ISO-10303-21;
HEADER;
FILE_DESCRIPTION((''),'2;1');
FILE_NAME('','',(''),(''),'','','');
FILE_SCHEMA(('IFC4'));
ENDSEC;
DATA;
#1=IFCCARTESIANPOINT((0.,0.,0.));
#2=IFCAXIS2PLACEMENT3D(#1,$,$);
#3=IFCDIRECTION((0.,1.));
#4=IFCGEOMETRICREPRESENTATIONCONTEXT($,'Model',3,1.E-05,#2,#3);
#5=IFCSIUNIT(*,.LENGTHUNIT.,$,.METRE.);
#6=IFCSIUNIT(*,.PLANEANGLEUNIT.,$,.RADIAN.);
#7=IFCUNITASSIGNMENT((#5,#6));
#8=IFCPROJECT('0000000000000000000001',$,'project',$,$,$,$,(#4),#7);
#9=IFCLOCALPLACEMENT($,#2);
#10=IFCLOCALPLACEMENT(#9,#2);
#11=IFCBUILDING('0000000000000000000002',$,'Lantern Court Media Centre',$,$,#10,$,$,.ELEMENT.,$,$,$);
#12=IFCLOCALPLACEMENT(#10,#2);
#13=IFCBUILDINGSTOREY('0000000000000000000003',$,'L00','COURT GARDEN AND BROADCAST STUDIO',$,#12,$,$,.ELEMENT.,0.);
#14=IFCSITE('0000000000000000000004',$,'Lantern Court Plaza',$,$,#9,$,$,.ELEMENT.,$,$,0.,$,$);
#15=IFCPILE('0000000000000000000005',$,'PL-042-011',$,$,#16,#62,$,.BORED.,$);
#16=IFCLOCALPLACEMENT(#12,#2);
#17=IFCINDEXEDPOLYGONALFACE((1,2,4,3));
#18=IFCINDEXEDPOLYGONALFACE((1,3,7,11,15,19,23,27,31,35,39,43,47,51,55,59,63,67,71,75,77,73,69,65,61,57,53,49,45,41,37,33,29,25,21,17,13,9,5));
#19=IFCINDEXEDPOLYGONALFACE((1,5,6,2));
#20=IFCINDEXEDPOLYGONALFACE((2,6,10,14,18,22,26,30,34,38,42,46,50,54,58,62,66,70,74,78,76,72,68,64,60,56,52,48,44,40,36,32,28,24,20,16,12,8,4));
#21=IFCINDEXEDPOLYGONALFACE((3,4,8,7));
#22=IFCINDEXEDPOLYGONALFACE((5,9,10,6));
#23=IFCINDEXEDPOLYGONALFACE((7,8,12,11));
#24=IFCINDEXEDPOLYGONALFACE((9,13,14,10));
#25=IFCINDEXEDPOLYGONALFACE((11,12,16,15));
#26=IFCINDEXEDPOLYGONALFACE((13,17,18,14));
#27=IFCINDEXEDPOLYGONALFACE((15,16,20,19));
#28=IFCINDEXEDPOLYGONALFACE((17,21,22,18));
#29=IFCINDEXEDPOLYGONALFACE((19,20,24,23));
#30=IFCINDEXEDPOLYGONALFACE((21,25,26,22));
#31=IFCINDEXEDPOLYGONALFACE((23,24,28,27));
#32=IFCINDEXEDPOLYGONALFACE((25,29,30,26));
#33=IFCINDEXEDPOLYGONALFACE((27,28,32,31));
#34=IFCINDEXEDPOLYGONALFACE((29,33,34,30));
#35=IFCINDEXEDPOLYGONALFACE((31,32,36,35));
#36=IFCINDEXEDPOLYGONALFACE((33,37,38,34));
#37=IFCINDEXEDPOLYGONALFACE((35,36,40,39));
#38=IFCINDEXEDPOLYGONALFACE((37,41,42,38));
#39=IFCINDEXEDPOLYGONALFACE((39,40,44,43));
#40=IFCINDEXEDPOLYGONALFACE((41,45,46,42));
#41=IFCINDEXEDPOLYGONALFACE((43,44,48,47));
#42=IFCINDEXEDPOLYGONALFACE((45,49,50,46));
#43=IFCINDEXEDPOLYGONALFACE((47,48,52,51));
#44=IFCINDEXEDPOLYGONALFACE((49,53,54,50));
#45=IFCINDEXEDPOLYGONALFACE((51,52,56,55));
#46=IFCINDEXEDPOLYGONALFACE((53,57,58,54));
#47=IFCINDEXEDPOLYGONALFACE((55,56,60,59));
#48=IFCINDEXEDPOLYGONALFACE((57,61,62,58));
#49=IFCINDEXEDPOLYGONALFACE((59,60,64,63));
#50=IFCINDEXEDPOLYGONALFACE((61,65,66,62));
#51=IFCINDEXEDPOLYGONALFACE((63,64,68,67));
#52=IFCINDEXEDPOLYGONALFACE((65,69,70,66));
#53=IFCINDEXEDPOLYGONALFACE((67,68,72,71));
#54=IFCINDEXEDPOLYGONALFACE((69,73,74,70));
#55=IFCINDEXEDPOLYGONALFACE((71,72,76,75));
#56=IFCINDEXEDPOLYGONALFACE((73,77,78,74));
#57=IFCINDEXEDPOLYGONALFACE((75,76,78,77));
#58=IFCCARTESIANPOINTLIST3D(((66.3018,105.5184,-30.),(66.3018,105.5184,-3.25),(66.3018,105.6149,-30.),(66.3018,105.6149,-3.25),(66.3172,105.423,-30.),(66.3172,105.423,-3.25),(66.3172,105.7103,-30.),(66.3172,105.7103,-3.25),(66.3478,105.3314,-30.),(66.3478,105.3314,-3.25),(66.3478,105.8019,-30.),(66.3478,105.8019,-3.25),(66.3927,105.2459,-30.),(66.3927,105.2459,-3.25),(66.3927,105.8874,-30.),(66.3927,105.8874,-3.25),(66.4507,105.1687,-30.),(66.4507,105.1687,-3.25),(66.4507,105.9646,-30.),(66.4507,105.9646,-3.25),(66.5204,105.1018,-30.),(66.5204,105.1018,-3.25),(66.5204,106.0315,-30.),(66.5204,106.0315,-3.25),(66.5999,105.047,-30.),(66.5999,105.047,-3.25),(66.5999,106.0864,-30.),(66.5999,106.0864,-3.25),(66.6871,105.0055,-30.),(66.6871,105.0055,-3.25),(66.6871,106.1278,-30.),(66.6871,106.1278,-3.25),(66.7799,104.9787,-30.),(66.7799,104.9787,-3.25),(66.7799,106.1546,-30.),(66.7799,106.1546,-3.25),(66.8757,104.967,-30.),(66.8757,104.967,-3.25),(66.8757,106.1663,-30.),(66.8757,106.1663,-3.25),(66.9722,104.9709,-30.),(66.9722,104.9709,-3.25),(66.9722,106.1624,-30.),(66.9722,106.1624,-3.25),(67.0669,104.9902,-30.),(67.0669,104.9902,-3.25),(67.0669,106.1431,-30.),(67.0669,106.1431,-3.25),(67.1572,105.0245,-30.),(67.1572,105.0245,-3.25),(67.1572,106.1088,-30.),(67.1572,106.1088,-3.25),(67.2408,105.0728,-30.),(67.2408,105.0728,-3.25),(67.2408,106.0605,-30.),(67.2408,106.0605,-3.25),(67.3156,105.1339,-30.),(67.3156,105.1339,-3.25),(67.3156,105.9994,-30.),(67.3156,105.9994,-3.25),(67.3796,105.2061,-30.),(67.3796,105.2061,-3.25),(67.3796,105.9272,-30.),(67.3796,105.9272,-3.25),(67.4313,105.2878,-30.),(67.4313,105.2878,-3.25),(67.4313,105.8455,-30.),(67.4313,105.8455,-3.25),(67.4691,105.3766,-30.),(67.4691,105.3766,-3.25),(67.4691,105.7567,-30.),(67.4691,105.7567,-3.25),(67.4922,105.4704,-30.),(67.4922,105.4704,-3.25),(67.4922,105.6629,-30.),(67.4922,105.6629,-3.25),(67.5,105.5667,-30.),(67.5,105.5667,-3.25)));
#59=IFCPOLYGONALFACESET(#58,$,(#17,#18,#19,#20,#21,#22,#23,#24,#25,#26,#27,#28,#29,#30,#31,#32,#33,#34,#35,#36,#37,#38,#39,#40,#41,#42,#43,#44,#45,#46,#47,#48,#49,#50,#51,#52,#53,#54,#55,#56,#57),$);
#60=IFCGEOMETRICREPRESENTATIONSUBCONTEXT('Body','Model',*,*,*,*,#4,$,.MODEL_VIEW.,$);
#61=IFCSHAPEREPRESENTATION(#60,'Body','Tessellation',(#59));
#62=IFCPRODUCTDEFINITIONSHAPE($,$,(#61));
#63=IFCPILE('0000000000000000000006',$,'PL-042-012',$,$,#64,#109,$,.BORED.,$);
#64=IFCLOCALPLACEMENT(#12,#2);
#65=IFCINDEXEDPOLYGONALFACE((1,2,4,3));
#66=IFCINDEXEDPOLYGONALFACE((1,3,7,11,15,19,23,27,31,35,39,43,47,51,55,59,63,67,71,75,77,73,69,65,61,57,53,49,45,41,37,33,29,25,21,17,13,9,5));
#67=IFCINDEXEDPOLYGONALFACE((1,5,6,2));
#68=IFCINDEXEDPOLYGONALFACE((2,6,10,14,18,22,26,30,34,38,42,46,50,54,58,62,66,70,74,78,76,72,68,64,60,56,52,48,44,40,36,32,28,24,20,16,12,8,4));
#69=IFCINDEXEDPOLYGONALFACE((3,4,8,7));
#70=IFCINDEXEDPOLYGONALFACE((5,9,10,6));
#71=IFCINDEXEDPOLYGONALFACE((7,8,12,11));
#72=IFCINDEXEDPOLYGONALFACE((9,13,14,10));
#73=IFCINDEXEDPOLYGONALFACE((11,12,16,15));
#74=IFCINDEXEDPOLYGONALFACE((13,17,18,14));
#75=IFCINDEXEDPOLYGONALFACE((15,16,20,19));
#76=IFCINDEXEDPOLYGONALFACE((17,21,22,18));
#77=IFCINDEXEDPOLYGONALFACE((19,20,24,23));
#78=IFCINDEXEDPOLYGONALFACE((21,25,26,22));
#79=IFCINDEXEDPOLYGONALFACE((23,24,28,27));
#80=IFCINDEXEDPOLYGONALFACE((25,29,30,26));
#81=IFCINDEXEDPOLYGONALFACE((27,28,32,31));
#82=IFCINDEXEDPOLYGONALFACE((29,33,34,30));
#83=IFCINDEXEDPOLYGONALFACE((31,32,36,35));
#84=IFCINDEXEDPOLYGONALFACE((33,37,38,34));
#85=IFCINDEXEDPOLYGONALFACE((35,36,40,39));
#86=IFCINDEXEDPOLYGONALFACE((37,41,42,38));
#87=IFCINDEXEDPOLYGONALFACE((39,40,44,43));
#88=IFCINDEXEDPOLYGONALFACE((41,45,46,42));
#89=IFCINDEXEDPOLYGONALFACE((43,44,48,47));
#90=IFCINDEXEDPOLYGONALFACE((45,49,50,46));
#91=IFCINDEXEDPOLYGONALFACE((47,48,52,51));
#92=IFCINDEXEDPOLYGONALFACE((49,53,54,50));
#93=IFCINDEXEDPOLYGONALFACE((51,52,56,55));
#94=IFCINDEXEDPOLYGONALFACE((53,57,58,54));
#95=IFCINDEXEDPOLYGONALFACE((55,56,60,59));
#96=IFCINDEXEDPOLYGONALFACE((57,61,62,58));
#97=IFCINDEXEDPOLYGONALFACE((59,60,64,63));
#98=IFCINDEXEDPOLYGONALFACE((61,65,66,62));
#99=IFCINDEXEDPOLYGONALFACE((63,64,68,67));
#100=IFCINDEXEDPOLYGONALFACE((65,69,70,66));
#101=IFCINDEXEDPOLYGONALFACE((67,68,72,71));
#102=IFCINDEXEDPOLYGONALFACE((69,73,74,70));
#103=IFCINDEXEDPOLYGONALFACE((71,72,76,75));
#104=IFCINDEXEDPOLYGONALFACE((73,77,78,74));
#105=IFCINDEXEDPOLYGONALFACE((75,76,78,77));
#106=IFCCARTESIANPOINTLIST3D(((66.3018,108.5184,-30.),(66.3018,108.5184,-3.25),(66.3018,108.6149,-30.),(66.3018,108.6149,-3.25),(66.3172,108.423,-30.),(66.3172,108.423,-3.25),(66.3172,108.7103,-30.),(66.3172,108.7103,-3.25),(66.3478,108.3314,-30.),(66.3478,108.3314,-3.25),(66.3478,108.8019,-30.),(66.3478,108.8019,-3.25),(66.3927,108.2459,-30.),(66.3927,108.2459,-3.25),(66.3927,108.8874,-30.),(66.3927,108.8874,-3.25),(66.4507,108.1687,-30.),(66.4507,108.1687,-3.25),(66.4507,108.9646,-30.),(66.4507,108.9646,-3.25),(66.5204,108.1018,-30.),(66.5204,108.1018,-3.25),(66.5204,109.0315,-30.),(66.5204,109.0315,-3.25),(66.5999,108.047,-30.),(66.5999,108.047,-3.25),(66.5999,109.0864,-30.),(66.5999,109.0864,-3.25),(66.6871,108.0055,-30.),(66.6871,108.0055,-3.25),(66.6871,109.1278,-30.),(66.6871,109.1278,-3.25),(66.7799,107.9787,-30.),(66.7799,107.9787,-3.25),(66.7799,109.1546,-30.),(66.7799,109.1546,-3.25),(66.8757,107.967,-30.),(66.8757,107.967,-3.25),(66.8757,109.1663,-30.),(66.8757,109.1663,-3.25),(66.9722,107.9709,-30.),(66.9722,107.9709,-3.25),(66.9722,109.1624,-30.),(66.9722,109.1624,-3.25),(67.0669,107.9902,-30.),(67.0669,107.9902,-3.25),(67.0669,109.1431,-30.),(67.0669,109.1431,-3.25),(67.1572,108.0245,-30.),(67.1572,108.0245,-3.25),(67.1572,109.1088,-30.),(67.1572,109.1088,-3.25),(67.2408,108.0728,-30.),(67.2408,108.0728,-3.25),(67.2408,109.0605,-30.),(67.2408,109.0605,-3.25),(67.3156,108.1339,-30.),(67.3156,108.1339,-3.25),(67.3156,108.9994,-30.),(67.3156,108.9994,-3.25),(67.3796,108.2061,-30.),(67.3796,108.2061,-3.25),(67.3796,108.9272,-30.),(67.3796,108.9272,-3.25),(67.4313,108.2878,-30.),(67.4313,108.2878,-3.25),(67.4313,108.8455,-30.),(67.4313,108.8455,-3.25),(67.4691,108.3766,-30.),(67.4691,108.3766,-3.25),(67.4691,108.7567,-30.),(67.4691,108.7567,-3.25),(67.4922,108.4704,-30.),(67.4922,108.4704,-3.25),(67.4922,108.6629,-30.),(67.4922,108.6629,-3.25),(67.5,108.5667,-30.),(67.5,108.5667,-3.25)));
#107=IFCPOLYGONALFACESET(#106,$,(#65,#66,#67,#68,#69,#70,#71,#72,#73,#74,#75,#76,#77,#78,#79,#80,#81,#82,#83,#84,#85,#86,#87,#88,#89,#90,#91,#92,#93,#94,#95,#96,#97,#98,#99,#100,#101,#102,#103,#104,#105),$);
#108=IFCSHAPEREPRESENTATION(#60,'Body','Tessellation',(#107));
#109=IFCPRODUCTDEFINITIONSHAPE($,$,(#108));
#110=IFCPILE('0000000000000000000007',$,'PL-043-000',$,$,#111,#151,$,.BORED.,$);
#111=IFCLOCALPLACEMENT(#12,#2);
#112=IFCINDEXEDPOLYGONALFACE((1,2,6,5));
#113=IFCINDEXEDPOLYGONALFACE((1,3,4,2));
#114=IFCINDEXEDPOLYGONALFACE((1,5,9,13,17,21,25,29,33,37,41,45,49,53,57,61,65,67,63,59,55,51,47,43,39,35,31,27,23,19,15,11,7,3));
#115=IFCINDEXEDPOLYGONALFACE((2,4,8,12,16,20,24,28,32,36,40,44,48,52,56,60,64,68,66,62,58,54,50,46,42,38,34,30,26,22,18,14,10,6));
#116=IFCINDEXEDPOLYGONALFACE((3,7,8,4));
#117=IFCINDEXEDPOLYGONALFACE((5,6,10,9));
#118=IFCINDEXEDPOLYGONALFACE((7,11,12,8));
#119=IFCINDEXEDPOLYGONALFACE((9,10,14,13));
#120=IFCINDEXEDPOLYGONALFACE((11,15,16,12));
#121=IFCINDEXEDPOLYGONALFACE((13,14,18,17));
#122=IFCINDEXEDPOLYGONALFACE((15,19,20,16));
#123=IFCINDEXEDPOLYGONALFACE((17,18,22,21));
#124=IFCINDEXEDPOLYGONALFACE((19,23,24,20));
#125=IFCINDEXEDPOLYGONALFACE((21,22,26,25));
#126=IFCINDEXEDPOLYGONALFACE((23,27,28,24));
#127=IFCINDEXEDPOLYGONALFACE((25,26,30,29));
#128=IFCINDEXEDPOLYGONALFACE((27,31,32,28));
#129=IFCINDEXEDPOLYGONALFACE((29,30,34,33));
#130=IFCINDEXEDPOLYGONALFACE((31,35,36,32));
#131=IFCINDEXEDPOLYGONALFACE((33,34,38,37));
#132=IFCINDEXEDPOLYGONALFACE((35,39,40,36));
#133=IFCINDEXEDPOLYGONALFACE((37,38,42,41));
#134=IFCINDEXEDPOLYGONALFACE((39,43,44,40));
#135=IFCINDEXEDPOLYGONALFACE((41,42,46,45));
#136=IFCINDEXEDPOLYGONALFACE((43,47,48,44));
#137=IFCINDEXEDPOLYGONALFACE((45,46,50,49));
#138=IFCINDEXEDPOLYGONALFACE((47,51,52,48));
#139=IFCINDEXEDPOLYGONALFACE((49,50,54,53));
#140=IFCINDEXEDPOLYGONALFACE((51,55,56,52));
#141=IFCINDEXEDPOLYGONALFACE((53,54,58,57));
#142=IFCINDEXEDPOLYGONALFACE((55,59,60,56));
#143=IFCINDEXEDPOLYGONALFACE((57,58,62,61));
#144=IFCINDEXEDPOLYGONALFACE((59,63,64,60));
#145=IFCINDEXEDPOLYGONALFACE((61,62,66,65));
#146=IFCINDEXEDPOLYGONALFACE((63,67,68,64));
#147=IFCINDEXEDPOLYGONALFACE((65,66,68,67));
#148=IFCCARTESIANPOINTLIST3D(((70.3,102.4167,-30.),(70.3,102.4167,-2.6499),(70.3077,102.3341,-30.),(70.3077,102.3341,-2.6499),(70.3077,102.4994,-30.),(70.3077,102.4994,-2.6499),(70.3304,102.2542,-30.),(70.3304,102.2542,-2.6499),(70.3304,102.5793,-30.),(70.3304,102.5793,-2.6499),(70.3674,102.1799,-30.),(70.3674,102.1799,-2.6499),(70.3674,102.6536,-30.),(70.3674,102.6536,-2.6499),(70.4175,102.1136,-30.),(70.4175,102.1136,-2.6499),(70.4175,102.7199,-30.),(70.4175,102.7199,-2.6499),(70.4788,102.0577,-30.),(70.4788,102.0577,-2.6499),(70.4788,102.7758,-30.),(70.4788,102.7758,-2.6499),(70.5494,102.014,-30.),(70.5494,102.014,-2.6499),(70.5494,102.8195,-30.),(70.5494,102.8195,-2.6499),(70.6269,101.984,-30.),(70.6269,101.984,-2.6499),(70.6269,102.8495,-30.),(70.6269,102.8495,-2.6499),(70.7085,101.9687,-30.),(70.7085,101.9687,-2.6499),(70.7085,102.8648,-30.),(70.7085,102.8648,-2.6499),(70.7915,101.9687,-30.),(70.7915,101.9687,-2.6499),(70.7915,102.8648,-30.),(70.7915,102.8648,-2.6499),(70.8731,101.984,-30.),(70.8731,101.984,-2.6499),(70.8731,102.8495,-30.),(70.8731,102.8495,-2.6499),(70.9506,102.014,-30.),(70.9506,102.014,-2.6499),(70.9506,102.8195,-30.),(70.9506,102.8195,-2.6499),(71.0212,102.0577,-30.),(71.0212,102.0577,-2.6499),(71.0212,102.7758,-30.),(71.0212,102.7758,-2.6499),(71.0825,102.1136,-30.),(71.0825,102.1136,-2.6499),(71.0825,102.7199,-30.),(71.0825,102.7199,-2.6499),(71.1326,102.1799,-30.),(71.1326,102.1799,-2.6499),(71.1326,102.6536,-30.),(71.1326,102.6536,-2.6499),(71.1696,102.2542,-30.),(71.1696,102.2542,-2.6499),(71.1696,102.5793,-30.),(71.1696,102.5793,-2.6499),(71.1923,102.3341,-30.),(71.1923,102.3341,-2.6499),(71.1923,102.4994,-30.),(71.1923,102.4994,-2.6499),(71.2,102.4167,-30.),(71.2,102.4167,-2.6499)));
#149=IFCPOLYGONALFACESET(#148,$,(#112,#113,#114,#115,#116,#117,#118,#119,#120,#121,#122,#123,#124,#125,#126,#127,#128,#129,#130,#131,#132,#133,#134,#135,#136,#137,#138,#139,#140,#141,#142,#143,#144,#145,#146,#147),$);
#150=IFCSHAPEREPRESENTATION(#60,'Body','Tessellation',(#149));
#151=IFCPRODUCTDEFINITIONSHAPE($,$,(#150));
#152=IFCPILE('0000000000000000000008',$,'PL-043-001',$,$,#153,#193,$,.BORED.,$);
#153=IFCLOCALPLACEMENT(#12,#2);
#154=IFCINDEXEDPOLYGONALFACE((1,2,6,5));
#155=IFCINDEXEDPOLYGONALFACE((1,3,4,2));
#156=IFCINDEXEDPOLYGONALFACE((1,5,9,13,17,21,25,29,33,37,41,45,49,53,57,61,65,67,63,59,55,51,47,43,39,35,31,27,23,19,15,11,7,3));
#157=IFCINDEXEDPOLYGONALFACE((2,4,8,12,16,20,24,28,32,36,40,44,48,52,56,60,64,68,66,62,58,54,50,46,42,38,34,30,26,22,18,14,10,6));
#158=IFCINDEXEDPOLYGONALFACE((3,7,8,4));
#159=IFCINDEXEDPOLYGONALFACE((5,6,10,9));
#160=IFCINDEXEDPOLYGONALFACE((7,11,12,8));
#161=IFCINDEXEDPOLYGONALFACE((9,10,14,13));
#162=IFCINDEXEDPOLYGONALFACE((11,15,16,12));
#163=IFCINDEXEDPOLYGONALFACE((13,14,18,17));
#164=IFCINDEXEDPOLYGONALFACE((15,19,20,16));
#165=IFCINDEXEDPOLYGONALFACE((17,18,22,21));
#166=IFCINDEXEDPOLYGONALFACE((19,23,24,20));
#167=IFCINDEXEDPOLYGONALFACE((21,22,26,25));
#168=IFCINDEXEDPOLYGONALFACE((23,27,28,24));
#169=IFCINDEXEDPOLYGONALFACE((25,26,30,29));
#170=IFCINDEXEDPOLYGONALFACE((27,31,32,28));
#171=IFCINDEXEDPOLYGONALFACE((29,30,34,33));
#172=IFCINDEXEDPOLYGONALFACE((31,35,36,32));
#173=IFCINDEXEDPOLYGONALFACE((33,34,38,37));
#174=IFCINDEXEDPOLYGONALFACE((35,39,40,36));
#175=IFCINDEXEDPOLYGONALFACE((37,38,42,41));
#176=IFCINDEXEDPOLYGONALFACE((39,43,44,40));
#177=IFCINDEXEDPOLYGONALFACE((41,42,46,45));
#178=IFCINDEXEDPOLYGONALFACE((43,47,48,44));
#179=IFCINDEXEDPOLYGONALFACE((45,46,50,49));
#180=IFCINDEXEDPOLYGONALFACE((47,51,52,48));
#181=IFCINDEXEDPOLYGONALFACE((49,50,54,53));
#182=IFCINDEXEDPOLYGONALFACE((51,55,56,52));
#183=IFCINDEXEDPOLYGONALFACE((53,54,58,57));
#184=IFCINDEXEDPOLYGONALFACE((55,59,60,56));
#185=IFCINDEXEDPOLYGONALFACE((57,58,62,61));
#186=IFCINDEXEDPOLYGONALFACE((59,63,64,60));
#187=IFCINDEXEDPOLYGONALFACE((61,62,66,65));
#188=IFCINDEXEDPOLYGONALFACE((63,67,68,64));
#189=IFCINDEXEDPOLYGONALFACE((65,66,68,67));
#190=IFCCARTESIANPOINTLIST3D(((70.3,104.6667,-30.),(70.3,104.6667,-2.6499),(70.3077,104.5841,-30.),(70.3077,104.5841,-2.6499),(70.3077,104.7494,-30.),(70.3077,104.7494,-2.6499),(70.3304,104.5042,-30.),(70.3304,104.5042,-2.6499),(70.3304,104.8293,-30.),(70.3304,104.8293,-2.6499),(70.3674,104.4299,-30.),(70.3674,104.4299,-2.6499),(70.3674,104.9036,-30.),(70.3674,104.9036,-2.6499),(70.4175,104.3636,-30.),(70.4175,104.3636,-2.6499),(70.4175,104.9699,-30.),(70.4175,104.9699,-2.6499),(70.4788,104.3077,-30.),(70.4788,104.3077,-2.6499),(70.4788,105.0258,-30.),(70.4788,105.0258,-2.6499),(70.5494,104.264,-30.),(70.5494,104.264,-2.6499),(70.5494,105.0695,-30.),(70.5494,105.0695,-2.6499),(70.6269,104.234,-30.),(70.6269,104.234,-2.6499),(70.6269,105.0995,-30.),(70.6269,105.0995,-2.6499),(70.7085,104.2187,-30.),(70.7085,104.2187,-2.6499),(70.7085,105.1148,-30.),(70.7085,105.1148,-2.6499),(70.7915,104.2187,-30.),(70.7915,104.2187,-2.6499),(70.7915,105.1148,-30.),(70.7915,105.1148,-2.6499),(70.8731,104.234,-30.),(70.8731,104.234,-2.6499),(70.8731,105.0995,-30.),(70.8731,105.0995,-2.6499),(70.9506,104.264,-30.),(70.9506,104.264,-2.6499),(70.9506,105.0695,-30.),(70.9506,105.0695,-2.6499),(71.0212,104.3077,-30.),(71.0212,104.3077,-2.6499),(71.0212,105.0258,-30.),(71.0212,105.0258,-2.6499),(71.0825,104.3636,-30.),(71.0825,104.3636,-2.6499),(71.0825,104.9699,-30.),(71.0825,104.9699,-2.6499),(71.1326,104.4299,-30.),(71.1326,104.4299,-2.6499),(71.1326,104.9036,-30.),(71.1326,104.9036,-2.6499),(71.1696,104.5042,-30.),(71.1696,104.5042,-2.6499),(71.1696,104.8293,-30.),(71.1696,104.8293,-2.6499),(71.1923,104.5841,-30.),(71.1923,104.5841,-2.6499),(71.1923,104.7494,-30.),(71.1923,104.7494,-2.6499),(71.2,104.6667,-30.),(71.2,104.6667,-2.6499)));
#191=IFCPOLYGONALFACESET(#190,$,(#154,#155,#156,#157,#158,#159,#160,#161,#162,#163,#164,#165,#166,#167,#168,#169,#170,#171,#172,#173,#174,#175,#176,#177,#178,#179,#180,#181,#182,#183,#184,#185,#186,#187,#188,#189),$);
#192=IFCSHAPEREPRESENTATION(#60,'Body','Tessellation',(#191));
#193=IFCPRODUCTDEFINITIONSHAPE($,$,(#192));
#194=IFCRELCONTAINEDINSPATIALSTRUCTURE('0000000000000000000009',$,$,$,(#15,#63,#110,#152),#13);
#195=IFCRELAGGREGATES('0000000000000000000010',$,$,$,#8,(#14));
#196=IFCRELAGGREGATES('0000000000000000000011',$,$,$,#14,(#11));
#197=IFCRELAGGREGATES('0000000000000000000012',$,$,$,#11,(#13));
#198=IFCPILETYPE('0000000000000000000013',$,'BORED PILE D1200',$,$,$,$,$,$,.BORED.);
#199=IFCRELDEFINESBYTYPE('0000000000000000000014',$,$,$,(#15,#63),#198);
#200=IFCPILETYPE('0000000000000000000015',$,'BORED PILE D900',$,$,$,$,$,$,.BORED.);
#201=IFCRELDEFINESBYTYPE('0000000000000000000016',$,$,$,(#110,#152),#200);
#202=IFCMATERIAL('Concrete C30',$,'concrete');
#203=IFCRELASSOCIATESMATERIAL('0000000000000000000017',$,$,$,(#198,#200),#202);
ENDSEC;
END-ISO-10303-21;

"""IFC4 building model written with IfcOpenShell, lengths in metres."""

from ifc_helpers import new_model, si_unit, direction, frame, origin, origin_2d, place, context, subcontext, project, spatial, circle, extrude, material, material_profile, profile_set, type_object, element, save


model = new_model("IFC4")

# Units and contexts
model_context = context("Model", 3, precision=1e-05, world=origin(), true_north=direction((0.0, 1.0)))
body_context = subcontext(model_context, "Body", "Model", "MODEL_VIEW")
ifc_project = project(units=[si_unit("LENGTHUNIT", "METRE"), si_unit("PLANEANGLEUNIT", "RADIAN")], contexts=[model_context])

# Site, building, storey
site_placement = place(None, origin())
site = spatial("IfcSite", under=ifc_project, at=site_placement, Name="Lantern Court Plaza", CompositionType="ELEMENT", RefElevation=0.0)
building_placement = place(site_placement, origin())
building = spatial("IfcBuilding", under=site, at=building_placement, Name="Lantern Court Media Centre", CompositionType="ELEMENT")
storey_placement = place(building_placement, origin())
storey = spatial("IfcBuildingStorey", under=building, at=storey_placement, Name="L00", Description="COURT GARDEN AND BROADCAST STUDIO", CompositionType="ELEMENT", Elevation=0.0)

# Piles
ifc_material_1 = material(Name="Concrete C30", Category="concrete")
ifc_material_profile_1 = material_profile(ifc_material_1, circle(Radius=0.6001, at=origin_2d()), Name="D1200")
ifc_profile_set_1 = profile_set([ifc_material_profile_1], Name="Concrete C30")
pile_type_1 = type_object("IfcPileType", Name="BORED PILE D1200", PredefinedType="BORED", material=ifc_profile_set_1)
for number, where, z_axis, x_axis, name in (
    (1, (66.8999, 105.5667, -3.25), (0.0, 0.0, -1.0), (1.0, 0.0, 0.0), "PL-042-011"),
    (2, (66.8999, 108.5667, -3.25), (0.0, 0.0, -1.0), (1.0, 0.0, 0.0), "PL-042-012"),
):
    element("IfcPile", number, at=place(storey_placement, frame(where, z_axis=z_axis, x_axis=x_axis)), inside=storey, type_object=pile_type_1, Name=name, PredefinedType="BORED", context=body_context, shape_type="SweptSolid", body=[
        extrude(circle(Radius=0.6001, at=origin_2d()), origin(), (0.0, 0.0, 1.0), 26.75),
    ])
ifc_material_profile_2 = material_profile(ifc_material_1, circle(Radius=0.45, at=origin_2d()), Name="D900")
ifc_profile_set_2 = profile_set([ifc_material_profile_2], Name="Concrete C30")
pile_type_2 = type_object("IfcPileType", Name="BORED PILE D900", PredefinedType="BORED", material=ifc_profile_set_2)
for number, where, z_axis, x_axis, name in (
    (3, (70.75, 102.4167, -2.6499), (0.0, 0.0, -1.0), (1.0, 0.0, 0.0), "PL-043-000"),
    (4, (70.75, 104.6667, -2.6499), (0.0, 0.0, -1.0), (1.0, 0.0, 0.0), "PL-043-001"),
):
    element("IfcPile", number, at=place(storey_placement, frame(where, z_axis=z_axis, x_axis=x_axis)), inside=storey, type_object=pile_type_2, Name=name, PredefinedType="BORED", context=body_context, shape_type="SweptSolid", body=[
        extrude(circle(Radius=0.45, at=origin_2d()), origin(), (0.0, 0.0, 1.0), 27.3501),
    ])

save(model, "model.ifc")
